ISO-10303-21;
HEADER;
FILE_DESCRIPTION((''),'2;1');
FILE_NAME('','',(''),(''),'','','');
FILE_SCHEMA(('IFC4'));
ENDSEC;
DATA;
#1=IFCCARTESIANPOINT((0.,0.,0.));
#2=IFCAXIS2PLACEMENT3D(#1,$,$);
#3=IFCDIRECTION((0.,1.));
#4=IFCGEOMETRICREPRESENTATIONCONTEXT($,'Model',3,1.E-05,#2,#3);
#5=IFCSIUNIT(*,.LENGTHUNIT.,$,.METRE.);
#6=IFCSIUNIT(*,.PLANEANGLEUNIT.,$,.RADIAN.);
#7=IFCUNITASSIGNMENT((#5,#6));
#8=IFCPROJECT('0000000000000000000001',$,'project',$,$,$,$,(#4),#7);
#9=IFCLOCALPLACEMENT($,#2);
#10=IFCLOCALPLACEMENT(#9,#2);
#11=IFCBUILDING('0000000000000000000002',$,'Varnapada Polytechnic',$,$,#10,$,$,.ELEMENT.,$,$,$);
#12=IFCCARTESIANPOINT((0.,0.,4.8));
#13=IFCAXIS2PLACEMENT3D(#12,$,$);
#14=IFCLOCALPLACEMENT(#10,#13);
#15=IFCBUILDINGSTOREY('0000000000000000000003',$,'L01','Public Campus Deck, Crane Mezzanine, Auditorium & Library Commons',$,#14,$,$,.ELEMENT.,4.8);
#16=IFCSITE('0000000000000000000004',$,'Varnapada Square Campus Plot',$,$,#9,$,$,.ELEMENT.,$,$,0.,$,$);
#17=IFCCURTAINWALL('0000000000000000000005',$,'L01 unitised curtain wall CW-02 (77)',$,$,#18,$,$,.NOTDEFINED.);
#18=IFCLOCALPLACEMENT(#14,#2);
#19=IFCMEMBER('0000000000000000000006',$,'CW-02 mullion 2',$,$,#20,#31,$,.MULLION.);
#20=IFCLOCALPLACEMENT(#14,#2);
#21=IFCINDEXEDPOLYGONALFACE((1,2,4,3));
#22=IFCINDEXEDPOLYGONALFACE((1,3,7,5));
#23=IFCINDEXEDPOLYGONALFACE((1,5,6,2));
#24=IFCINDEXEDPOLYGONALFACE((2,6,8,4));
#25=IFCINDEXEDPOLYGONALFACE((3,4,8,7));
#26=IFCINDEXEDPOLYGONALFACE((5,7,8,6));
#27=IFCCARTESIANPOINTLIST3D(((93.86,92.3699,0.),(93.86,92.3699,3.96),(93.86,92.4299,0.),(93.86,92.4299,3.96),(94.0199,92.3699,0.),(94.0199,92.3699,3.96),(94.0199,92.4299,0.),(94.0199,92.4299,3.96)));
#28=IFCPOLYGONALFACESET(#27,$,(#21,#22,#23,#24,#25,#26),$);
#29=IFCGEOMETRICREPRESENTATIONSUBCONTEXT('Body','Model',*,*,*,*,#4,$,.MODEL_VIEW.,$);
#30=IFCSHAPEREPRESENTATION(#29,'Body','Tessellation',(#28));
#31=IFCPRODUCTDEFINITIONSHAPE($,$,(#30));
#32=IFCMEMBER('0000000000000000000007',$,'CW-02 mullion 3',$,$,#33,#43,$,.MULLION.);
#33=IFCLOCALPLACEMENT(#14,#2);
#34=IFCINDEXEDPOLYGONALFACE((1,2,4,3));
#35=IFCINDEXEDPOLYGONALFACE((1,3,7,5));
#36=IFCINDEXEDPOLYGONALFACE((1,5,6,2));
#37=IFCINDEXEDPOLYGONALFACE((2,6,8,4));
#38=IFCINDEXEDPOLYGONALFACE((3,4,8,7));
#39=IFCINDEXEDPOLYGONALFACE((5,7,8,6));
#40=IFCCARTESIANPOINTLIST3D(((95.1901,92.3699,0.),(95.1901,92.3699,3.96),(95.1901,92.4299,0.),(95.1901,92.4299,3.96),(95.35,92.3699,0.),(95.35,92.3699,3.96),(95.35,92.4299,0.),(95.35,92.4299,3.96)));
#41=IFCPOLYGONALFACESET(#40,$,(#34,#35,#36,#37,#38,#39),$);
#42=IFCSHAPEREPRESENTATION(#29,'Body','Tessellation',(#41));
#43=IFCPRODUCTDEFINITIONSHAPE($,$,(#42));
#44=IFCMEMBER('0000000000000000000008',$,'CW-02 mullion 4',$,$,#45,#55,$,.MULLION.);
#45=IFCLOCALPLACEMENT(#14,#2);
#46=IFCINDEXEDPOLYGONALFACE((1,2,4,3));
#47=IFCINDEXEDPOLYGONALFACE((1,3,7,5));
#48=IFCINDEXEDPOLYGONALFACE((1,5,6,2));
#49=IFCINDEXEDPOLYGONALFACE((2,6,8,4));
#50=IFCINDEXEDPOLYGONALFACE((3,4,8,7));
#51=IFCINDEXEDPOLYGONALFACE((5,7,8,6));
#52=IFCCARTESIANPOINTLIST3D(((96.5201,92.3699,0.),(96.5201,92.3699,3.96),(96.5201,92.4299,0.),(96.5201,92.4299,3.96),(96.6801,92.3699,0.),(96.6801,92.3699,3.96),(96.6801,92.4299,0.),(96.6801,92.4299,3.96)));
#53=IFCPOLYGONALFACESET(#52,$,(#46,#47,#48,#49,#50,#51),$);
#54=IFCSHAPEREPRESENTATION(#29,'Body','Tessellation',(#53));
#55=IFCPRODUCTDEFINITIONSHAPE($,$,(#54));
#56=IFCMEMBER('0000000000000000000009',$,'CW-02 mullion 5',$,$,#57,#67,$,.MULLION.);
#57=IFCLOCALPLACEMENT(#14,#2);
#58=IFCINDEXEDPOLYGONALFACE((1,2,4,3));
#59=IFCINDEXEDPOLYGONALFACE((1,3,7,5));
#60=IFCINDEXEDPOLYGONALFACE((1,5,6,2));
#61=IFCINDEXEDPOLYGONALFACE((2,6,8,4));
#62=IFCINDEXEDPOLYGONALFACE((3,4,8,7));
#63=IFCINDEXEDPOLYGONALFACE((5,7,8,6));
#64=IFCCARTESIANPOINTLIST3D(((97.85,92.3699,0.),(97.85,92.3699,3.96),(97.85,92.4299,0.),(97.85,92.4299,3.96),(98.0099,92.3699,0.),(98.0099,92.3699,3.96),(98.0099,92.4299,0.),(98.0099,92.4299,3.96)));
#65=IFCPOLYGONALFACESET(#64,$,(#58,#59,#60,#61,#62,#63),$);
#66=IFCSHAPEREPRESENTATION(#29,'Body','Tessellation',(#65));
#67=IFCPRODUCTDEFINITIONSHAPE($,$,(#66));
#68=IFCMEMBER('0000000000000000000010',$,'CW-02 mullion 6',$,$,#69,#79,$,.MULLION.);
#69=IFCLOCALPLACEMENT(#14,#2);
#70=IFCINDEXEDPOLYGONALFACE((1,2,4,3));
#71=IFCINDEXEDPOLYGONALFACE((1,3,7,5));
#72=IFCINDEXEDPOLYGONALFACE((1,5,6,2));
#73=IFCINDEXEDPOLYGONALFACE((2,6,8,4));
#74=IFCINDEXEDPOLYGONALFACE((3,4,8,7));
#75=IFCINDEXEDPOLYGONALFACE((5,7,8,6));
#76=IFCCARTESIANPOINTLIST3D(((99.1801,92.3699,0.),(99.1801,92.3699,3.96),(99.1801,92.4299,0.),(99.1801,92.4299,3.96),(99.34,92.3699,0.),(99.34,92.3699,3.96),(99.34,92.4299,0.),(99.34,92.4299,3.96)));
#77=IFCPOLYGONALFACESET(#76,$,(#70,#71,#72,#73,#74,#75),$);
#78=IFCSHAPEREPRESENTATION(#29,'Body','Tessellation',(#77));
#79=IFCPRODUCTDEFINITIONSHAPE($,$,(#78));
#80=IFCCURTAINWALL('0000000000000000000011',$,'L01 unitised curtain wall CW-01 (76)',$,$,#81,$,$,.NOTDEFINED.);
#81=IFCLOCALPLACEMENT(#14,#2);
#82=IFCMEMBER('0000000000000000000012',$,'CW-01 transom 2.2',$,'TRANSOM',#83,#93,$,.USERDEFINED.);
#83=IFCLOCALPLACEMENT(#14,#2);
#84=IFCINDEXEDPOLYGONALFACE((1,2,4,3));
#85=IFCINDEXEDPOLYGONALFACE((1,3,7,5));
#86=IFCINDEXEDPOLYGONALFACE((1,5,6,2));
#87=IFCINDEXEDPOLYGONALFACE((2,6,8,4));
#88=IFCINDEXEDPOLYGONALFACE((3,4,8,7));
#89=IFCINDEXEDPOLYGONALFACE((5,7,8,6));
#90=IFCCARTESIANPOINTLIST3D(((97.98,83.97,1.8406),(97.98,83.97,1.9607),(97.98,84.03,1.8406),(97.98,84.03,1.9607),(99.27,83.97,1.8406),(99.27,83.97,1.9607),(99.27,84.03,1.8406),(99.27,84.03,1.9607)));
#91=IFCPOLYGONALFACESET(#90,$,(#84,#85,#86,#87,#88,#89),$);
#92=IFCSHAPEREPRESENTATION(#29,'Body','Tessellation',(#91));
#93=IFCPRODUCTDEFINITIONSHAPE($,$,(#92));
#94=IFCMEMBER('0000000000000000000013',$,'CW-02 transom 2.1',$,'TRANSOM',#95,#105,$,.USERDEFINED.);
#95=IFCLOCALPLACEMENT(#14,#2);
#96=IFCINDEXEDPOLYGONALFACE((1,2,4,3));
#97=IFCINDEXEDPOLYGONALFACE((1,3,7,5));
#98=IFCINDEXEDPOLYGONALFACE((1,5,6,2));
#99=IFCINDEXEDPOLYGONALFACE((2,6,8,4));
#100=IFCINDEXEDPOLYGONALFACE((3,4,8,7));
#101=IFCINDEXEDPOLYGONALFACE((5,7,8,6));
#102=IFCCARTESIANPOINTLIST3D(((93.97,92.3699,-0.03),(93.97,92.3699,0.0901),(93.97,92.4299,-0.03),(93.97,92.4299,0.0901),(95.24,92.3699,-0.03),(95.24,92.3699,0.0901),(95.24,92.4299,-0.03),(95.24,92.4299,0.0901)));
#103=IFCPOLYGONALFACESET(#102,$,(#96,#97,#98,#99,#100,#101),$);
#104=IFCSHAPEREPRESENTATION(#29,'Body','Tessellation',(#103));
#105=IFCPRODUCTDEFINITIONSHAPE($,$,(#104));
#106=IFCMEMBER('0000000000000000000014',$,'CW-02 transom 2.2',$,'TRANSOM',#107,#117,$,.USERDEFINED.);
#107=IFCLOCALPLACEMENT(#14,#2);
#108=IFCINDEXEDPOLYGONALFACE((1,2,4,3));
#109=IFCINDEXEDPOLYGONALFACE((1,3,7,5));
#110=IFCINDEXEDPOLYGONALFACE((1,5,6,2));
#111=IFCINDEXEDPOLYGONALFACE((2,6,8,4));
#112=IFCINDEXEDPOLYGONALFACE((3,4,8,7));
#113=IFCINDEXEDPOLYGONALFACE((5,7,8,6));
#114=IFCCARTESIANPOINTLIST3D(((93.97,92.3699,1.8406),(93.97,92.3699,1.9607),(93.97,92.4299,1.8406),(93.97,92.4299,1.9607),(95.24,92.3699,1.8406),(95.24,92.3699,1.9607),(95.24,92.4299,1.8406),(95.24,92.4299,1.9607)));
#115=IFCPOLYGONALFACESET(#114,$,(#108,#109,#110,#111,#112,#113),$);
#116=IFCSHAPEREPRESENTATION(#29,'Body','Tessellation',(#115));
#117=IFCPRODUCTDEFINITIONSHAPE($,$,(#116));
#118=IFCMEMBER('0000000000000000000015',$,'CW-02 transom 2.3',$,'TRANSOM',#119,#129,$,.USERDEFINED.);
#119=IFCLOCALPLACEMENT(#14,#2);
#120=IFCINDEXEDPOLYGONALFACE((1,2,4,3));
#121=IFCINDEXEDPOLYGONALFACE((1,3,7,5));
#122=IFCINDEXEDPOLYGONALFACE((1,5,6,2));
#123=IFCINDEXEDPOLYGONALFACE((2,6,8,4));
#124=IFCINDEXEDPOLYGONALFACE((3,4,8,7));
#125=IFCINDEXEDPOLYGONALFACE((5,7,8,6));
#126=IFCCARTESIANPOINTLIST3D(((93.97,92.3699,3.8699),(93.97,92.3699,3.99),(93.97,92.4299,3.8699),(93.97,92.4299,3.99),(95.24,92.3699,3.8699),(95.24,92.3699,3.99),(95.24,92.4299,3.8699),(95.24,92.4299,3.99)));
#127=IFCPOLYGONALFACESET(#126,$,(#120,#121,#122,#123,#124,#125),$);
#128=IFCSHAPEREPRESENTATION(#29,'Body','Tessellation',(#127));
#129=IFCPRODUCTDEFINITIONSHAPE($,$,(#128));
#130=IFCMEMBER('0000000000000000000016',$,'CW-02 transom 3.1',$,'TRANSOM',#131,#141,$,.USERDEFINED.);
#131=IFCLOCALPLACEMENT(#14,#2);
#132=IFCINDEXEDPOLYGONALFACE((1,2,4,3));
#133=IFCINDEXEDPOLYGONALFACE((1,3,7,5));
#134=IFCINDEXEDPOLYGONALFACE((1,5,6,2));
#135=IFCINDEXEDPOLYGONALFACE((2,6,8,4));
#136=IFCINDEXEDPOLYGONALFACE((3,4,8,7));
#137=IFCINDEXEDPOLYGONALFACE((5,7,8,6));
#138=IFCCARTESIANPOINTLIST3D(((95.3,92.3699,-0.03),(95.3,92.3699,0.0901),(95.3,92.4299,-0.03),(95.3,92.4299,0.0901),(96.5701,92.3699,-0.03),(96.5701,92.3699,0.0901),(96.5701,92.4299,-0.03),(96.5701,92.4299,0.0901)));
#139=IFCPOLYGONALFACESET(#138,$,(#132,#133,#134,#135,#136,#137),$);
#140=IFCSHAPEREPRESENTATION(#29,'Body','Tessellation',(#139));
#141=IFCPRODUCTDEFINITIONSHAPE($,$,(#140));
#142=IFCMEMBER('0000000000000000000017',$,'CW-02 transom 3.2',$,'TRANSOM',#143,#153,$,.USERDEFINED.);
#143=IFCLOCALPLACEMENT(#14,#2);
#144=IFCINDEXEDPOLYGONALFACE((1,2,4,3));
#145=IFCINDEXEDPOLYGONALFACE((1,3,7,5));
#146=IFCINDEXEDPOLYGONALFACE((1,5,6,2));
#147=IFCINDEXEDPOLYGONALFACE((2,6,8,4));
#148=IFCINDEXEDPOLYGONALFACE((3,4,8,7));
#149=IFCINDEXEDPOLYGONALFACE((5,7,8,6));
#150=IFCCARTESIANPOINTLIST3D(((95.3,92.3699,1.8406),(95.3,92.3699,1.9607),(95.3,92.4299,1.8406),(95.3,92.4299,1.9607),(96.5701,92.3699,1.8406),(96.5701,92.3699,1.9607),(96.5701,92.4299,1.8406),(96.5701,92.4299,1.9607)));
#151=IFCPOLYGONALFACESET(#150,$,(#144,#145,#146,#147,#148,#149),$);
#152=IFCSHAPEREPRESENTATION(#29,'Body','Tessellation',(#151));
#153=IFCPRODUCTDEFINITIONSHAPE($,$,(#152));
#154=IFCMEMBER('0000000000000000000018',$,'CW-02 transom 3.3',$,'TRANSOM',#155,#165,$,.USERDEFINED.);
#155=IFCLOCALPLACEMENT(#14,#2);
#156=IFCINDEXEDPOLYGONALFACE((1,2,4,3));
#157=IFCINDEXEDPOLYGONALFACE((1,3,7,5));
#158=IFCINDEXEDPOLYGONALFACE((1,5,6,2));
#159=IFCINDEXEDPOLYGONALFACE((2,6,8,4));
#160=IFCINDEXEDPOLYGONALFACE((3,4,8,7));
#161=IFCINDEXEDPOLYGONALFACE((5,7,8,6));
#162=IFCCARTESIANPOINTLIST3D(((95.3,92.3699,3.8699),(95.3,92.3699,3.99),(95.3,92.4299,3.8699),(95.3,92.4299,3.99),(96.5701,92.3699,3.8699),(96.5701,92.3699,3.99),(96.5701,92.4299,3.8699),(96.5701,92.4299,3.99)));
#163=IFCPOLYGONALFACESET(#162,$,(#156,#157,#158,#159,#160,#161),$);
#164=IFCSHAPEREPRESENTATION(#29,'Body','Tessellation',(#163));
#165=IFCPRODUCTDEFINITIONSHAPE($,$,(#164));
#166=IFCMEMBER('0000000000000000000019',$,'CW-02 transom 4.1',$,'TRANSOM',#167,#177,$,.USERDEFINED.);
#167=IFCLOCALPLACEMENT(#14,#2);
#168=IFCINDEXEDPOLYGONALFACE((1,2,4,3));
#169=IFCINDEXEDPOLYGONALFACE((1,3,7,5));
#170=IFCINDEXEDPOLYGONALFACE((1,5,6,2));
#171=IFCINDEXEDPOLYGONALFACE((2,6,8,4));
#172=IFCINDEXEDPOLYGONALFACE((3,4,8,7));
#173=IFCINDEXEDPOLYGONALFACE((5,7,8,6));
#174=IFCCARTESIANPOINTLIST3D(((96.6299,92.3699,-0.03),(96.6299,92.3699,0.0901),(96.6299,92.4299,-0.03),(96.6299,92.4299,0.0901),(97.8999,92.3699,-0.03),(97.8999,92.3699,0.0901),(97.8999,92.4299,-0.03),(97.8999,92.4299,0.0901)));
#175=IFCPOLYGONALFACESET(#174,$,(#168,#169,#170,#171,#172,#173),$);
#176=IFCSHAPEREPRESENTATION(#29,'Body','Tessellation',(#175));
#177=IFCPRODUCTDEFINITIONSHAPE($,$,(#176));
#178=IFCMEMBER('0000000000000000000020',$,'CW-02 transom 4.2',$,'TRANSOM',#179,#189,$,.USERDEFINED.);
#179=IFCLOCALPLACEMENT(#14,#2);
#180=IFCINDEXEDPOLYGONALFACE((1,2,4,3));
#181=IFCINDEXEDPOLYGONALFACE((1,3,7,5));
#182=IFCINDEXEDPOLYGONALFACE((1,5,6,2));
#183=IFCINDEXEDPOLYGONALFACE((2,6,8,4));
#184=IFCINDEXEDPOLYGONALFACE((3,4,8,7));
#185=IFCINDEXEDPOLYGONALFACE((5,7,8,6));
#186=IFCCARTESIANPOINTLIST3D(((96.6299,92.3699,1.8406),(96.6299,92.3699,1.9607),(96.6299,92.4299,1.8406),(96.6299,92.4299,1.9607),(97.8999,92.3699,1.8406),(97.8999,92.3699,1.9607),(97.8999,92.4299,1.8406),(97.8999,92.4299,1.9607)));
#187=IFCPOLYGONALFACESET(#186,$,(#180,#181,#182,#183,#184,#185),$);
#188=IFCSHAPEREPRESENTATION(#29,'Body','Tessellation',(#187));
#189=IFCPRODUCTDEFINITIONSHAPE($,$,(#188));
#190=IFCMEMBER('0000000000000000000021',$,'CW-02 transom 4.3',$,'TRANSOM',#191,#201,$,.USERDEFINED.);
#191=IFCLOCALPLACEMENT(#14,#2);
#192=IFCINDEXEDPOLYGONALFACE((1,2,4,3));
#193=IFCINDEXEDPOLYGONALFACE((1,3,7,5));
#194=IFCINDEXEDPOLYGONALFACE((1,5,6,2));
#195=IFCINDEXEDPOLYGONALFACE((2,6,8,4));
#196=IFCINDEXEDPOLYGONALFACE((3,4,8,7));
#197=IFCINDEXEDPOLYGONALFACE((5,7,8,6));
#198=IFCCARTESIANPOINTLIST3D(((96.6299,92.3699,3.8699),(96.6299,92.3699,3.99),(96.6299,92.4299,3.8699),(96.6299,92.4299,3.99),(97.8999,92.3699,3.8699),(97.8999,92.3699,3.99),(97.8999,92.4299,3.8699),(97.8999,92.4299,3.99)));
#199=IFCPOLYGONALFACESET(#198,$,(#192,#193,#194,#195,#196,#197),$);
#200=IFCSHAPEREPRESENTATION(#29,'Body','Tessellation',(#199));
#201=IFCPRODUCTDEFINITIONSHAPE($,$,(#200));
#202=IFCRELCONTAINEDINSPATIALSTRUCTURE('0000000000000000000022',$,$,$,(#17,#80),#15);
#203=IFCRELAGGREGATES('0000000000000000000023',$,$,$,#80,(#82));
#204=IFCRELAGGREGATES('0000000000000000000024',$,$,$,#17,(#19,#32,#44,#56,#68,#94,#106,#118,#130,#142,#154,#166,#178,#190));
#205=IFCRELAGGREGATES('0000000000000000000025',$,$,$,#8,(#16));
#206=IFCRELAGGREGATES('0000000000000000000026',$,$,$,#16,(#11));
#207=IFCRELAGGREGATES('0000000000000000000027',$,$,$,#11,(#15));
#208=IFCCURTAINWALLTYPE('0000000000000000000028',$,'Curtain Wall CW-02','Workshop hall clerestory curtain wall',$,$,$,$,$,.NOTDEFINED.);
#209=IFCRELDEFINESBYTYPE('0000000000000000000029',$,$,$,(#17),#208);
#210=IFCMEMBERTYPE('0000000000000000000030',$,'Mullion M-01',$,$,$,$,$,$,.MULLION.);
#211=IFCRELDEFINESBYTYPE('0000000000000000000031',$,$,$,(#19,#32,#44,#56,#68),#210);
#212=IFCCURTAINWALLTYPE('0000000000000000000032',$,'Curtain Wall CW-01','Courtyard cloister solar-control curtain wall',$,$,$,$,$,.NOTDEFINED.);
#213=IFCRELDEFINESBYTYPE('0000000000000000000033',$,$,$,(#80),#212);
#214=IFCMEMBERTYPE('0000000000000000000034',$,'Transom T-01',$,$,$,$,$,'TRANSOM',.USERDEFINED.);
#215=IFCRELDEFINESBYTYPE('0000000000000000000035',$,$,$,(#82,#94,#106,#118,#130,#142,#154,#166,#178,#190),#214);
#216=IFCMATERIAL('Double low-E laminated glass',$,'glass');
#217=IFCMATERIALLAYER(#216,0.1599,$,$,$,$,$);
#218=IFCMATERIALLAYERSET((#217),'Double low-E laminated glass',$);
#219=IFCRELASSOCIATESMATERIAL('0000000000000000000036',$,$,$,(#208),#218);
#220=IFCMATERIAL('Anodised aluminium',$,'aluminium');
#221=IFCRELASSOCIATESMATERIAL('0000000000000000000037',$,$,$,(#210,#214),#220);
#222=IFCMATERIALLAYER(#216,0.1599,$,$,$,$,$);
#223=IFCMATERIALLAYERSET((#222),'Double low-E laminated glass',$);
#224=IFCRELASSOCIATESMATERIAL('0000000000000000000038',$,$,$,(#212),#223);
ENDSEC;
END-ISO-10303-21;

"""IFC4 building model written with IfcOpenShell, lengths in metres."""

from ifc_helpers import new_model, si_unit, direction, frame, origin, origin_2d, place, context, subcontext, project, spatial, rectangle, extrude, material, layer, layer_set, material_profile, profile_set, type_object, element, aggregate, save


model = new_model("IFC4")

# Units and contexts
model_context = context("Model", 3, precision=1e-05, world=origin(), true_north=direction((0.0, 1.0)))
body_context = subcontext(model_context, "Body", "Model", "MODEL_VIEW")
ifc_project = project(units=[si_unit("LENGTHUNIT", "METRE"), si_unit("PLANEANGLEUNIT", "RADIAN")], contexts=[model_context])

# Site, building, storey
site_placement = place(None, origin())
site = spatial("IfcSite", under=ifc_project, at=site_placement, Name="Varnapada Square Campus Plot", CompositionType="ELEMENT", RefElevation=0.0)
building_placement = place(site_placement, origin())
building = spatial("IfcBuilding", under=site, at=building_placement, Name="Varnapada Polytechnic", CompositionType="ELEMENT")
storey_placement = place(building_placement, frame((0.0, 0.0, 4.8)))
storey = spatial("IfcBuildingStorey", under=building, at=storey_placement, Name="L01", Description="Public Campus Deck, Crane Mezzanine, Auditorium & Library Commons", CompositionType="ELEMENT", Elevation=4.8)

# Curtain wall, members
ifc_material_1 = material(Name="Double low-E laminated glass", Category="glass")
ifc_layer_1 = layer(ifc_material_1, 0.1599)
ifc_layer_set_1 = layer_set([ifc_layer_1], Name="Double low-E laminated glass")
curtain_wall_type_1 = type_object("IfcCurtainWallType", Name="Curtain Wall CW-02", Description="Workshop hall clerestory curtain wall", PredefinedType="NOTDEFINED", material=ifc_layer_set_1)
curtain_wall_1_placement = place(storey_placement, origin())
curtain_wall_1 = element("IfcCurtainWall", 1, at=curtain_wall_1_placement, inside=storey, type_object=curtain_wall_type_1, Name="L01 unitised curtain wall CW-02 (77)", PredefinedType="NOTDEFINED")
ifc_material_2 = material(Name="Anodised aluminium", Category="aluminium")
ifc_material_profile_1 = material_profile(ifc_material_2, rectangle(XDim=0.0601, YDim=0.1599, at=origin_2d()), Name="ALU M60x160")
ifc_profile_set_1 = profile_set([ifc_material_profile_1], Name="Anodised aluminium")
member_type_1 = type_object("IfcMemberType", Name="Mullion M-01", PredefinedType="MULLION", material=ifc_profile_set_1)
member_1_placement = place(storey_placement, frame((93.9399, 92.3999, 0.0), z_axis=(0.0, 0.0, 1.0), x_axis=(0.0, 1.0, 0.0)))
member_1 = element("IfcMember", 2, at=member_1_placement, type_object=member_type_1, Name="CW-02 mullion 2", PredefinedType="MULLION", context=body_context, shape_type="SweptSolid", body=[
    extrude(rectangle(XDim=0.0601, YDim=0.1599, at=origin_2d()), origin(), (0.0, 0.0, 1.0), 3.96),
])
member_2_placement = place(storey_placement, frame((95.27, 92.3999, 0.0), z_axis=(0.0, 0.0, 1.0), x_axis=(0.0, 1.0, 0.0)))
member_2 = element("IfcMember", 3, at=member_2_placement, type_object=member_type_1, Name="CW-02 mullion 3", PredefinedType="MULLION", context=body_context, shape_type="SweptSolid", body=[
    extrude(rectangle(XDim=0.0601, YDim=0.1599, at=origin_2d()), origin(), (0.0, 0.0, 1.0), 3.96),
])
member_3_placement = place(storey_placement, frame((96.6001, 92.3999, 0.0), z_axis=(0.0, 0.0, 1.0), x_axis=(0.0, 1.0, 0.0)))
member_3 = element("IfcMember", 4, at=member_3_placement, type_object=member_type_1, Name="CW-02 mullion 4", PredefinedType="MULLION", context=body_context, shape_type="SweptSolid", body=[
    extrude(rectangle(XDim=0.0601, YDim=0.1599, at=origin_2d()), origin(), (0.0, 0.0, 1.0), 3.96),
])
member_4_placement = place(storey_placement, frame((97.9299, 92.3999, 0.0), z_axis=(0.0, 0.0, 1.0), x_axis=(0.0, 1.0, 0.0)))
member_4 = element("IfcMember", 5, at=member_4_placement, type_object=member_type_1, Name="CW-02 mullion 5", PredefinedType="MULLION", context=body_context, shape_type="SweptSolid", body=[
    extrude(rectangle(XDim=0.0601, YDim=0.1599, at=origin_2d()), origin(), (0.0, 0.0, 1.0), 3.96),
])
member_5_placement = place(storey_placement, frame((99.26, 92.3999, 0.0), z_axis=(0.0, 0.0, 1.0), x_axis=(0.0, 1.0, 0.0)))
member_5 = element("IfcMember", 6, at=member_5_placement, type_object=member_type_1, Name="CW-02 mullion 6", PredefinedType="MULLION", context=body_context, shape_type="SweptSolid", body=[
    extrude(rectangle(XDim=0.0601, YDim=0.1599, at=origin_2d()), origin(), (0.0, 0.0, 1.0), 3.96),
])

# Curtain wall, member
ifc_layer_2 = layer(ifc_material_1, 0.1599)
ifc_layer_set_2 = layer_set([ifc_layer_2], Name="Double low-E laminated glass")
curtain_wall_type_2 = type_object("IfcCurtainWallType", Name="Curtain Wall CW-01", Description="Courtyard cloister solar-control curtain wall", PredefinedType="NOTDEFINED", material=ifc_layer_set_2)
curtain_wall_2_placement = place(storey_placement, origin())
curtain_wall_2 = element("IfcCurtainWall", 7, at=curtain_wall_2_placement, inside=storey, type_object=curtain_wall_type_2, Name="L01 unitised curtain wall CW-01 (76)", PredefinedType="NOTDEFINED")
ifc_material_profile_2 = material_profile(ifc_material_2, rectangle(XDim=0.0601, YDim=0.1201, at=origin_2d()), Name="ALU T60x120")
ifc_profile_set_2 = profile_set([ifc_material_profile_2], Name="Anodised aluminium")
member_type_2 = type_object("IfcMemberType", Name="Transom T-01", ElementType="TRANSOM", PredefinedType="USERDEFINED", material=ifc_profile_set_2)
member_6_placement = place(storey_placement, frame((99.27, 84.0, 1.9006), z_axis=(-1.0, 0.0, 0.0), x_axis=(0.0, -1.0, 0.0)))
member_6 = element("IfcMember", 8, at=member_6_placement, type_object=member_type_2, Name="CW-01 transom 2.2", ObjectType="TRANSOM", PredefinedType="USERDEFINED", context=body_context, shape_type="SweptSolid", body=[
    extrude(rectangle(XDim=0.0601, YDim=0.1201, at=origin_2d()), origin(), (0.0, 0.0, 1.0), 1.29),
])
aggregate(curtain_wall_2, [member_6])

# Members
member_7_placement = place(storey_placement, frame((93.97, 92.3999, 0.03), z_axis=(1.0, 0.0, 0.0), x_axis=(0.0, 1.0, 0.0)))
member_7 = element("IfcMember", 9, at=member_7_placement, type_object=member_type_2, Name="CW-02 transom 2.1", ObjectType="TRANSOM", PredefinedType="USERDEFINED", context=body_context, shape_type="SweptSolid", body=[
    extrude(rectangle(XDim=0.0601, YDim=0.1201, at=origin_2d()), origin(), (0.0, 0.0, 1.0), 1.27),
])
member_8_placement = place(storey_placement, frame((93.97, 92.3999, 1.9006), z_axis=(1.0, 0.0, 0.0), x_axis=(0.0, 1.0, 0.0)))
member_8 = element("IfcMember", 10, at=member_8_placement, type_object=member_type_2, Name="CW-02 transom 2.2", ObjectType="TRANSOM", PredefinedType="USERDEFINED", context=body_context, shape_type="SweptSolid", body=[
    extrude(rectangle(XDim=0.0601, YDim=0.1201, at=origin_2d()), origin(), (0.0, 0.0, 1.0), 1.27),
])
member_9_placement = place(storey_placement, frame((93.97, 92.3999, 3.9299), z_axis=(1.0, 0.0, 0.0), x_axis=(0.0, 1.0, 0.0)))
member_9 = element("IfcMember", 11, at=member_9_placement, type_object=member_type_2, Name="CW-02 transom 2.3", ObjectType="TRANSOM", PredefinedType="USERDEFINED", context=body_context, shape_type="SweptSolid", body=[
    extrude(rectangle(XDim=0.0601, YDim=0.1201, at=origin_2d()), origin(), (0.0, 0.0, 1.0), 1.27),
])
member_10_placement = place(storey_placement, frame((95.3, 92.3999, 0.03), z_axis=(1.0, 0.0, 0.0), x_axis=(0.0, 1.0, 0.0)))
member_10 = element("IfcMember", 12, at=member_10_placement, type_object=member_type_2, Name="CW-02 transom 3.1", ObjectType="TRANSOM", PredefinedType="USERDEFINED", context=body_context, shape_type="SweptSolid", body=[
    extrude(rectangle(XDim=0.0601, YDim=0.1201, at=origin_2d()), origin(), (0.0, 0.0, 1.0), 1.27),
])
member_11_placement = place(storey_placement, frame((95.3, 92.3999, 1.9006), z_axis=(1.0, 0.0, 0.0), x_axis=(0.0, 1.0, 0.0)))
member_11 = element("IfcMember", 13, at=member_11_placement, type_object=member_type_2, Name="CW-02 transom 3.2", ObjectType="TRANSOM", PredefinedType="USERDEFINED", context=body_context, shape_type="SweptSolid", body=[
    extrude(rectangle(XDim=0.0601, YDim=0.1201, at=origin_2d()), origin(), (0.0, 0.0, 1.0), 1.27),
])
member_12_placement = place(storey_placement, frame((95.3, 92.3999, 3.9299), z_axis=(1.0, 0.0, 0.0), x_axis=(0.0, 1.0, 0.0)))
member_12 = element("IfcMember", 14, at=member_12_placement, type_object=member_type_2, Name="CW-02 transom 3.3", ObjectType="TRANSOM", PredefinedType="USERDEFINED", context=body_context, shape_type="SweptSolid", body=[
    extrude(rectangle(XDim=0.0601, YDim=0.1201, at=origin_2d()), origin(), (0.0, 0.0, 1.0), 1.27),
])
member_13_placement = place(storey_placement, frame((96.6299, 92.3999, 0.03), z_axis=(1.0, 0.0, 0.0), x_axis=(0.0, 1.0, 0.0)))
member_13 = element("IfcMember", 15, at=member_13_placement, type_object=member_type_2, Name="CW-02 transom 4.1", ObjectType="TRANSOM", PredefinedType="USERDEFINED", context=body_context, shape_type="SweptSolid", body=[
    extrude(rectangle(XDim=0.0601, YDim=0.1201, at=origin_2d()), origin(), (0.0, 0.0, 1.0), 1.27),
])
member_14_placement = place(storey_placement, frame((96.6299, 92.3999, 1.9006), z_axis=(1.0, 0.0, 0.0), x_axis=(0.0, 1.0, 0.0)))
member_14 = element("IfcMember", 16, at=member_14_placement, type_object=member_type_2, Name="CW-02 transom 4.2", ObjectType="TRANSOM", PredefinedType="USERDEFINED", context=body_context, shape_type="SweptSolid", body=[
    extrude(rectangle(XDim=0.0601, YDim=0.1201, at=origin_2d()), origin(), (0.0, 0.0, 1.0), 1.27),
])
member_15_placement = place(storey_placement, frame((96.6299, 92.3999, 3.9299), z_axis=(1.0, 0.0, 0.0), x_axis=(0.0, 1.0, 0.0)))
member_15 = element("IfcMember", 17, at=member_15_placement, type_object=member_type_2, Name="CW-02 transom 4.3", ObjectType="TRANSOM", PredefinedType="USERDEFINED", context=body_context, shape_type="SweptSolid", body=[
    extrude(rectangle(XDim=0.0601, YDim=0.1201, at=origin_2d()), origin(), (0.0, 0.0, 1.0), 1.27),
])

aggregate(curtain_wall_1, [member_1, member_2, member_3, member_4, member_5, member_7, member_8, member_9, member_10, member_11, member_12, member_13, member_14, member_15])

save(model, "model.ifc")
